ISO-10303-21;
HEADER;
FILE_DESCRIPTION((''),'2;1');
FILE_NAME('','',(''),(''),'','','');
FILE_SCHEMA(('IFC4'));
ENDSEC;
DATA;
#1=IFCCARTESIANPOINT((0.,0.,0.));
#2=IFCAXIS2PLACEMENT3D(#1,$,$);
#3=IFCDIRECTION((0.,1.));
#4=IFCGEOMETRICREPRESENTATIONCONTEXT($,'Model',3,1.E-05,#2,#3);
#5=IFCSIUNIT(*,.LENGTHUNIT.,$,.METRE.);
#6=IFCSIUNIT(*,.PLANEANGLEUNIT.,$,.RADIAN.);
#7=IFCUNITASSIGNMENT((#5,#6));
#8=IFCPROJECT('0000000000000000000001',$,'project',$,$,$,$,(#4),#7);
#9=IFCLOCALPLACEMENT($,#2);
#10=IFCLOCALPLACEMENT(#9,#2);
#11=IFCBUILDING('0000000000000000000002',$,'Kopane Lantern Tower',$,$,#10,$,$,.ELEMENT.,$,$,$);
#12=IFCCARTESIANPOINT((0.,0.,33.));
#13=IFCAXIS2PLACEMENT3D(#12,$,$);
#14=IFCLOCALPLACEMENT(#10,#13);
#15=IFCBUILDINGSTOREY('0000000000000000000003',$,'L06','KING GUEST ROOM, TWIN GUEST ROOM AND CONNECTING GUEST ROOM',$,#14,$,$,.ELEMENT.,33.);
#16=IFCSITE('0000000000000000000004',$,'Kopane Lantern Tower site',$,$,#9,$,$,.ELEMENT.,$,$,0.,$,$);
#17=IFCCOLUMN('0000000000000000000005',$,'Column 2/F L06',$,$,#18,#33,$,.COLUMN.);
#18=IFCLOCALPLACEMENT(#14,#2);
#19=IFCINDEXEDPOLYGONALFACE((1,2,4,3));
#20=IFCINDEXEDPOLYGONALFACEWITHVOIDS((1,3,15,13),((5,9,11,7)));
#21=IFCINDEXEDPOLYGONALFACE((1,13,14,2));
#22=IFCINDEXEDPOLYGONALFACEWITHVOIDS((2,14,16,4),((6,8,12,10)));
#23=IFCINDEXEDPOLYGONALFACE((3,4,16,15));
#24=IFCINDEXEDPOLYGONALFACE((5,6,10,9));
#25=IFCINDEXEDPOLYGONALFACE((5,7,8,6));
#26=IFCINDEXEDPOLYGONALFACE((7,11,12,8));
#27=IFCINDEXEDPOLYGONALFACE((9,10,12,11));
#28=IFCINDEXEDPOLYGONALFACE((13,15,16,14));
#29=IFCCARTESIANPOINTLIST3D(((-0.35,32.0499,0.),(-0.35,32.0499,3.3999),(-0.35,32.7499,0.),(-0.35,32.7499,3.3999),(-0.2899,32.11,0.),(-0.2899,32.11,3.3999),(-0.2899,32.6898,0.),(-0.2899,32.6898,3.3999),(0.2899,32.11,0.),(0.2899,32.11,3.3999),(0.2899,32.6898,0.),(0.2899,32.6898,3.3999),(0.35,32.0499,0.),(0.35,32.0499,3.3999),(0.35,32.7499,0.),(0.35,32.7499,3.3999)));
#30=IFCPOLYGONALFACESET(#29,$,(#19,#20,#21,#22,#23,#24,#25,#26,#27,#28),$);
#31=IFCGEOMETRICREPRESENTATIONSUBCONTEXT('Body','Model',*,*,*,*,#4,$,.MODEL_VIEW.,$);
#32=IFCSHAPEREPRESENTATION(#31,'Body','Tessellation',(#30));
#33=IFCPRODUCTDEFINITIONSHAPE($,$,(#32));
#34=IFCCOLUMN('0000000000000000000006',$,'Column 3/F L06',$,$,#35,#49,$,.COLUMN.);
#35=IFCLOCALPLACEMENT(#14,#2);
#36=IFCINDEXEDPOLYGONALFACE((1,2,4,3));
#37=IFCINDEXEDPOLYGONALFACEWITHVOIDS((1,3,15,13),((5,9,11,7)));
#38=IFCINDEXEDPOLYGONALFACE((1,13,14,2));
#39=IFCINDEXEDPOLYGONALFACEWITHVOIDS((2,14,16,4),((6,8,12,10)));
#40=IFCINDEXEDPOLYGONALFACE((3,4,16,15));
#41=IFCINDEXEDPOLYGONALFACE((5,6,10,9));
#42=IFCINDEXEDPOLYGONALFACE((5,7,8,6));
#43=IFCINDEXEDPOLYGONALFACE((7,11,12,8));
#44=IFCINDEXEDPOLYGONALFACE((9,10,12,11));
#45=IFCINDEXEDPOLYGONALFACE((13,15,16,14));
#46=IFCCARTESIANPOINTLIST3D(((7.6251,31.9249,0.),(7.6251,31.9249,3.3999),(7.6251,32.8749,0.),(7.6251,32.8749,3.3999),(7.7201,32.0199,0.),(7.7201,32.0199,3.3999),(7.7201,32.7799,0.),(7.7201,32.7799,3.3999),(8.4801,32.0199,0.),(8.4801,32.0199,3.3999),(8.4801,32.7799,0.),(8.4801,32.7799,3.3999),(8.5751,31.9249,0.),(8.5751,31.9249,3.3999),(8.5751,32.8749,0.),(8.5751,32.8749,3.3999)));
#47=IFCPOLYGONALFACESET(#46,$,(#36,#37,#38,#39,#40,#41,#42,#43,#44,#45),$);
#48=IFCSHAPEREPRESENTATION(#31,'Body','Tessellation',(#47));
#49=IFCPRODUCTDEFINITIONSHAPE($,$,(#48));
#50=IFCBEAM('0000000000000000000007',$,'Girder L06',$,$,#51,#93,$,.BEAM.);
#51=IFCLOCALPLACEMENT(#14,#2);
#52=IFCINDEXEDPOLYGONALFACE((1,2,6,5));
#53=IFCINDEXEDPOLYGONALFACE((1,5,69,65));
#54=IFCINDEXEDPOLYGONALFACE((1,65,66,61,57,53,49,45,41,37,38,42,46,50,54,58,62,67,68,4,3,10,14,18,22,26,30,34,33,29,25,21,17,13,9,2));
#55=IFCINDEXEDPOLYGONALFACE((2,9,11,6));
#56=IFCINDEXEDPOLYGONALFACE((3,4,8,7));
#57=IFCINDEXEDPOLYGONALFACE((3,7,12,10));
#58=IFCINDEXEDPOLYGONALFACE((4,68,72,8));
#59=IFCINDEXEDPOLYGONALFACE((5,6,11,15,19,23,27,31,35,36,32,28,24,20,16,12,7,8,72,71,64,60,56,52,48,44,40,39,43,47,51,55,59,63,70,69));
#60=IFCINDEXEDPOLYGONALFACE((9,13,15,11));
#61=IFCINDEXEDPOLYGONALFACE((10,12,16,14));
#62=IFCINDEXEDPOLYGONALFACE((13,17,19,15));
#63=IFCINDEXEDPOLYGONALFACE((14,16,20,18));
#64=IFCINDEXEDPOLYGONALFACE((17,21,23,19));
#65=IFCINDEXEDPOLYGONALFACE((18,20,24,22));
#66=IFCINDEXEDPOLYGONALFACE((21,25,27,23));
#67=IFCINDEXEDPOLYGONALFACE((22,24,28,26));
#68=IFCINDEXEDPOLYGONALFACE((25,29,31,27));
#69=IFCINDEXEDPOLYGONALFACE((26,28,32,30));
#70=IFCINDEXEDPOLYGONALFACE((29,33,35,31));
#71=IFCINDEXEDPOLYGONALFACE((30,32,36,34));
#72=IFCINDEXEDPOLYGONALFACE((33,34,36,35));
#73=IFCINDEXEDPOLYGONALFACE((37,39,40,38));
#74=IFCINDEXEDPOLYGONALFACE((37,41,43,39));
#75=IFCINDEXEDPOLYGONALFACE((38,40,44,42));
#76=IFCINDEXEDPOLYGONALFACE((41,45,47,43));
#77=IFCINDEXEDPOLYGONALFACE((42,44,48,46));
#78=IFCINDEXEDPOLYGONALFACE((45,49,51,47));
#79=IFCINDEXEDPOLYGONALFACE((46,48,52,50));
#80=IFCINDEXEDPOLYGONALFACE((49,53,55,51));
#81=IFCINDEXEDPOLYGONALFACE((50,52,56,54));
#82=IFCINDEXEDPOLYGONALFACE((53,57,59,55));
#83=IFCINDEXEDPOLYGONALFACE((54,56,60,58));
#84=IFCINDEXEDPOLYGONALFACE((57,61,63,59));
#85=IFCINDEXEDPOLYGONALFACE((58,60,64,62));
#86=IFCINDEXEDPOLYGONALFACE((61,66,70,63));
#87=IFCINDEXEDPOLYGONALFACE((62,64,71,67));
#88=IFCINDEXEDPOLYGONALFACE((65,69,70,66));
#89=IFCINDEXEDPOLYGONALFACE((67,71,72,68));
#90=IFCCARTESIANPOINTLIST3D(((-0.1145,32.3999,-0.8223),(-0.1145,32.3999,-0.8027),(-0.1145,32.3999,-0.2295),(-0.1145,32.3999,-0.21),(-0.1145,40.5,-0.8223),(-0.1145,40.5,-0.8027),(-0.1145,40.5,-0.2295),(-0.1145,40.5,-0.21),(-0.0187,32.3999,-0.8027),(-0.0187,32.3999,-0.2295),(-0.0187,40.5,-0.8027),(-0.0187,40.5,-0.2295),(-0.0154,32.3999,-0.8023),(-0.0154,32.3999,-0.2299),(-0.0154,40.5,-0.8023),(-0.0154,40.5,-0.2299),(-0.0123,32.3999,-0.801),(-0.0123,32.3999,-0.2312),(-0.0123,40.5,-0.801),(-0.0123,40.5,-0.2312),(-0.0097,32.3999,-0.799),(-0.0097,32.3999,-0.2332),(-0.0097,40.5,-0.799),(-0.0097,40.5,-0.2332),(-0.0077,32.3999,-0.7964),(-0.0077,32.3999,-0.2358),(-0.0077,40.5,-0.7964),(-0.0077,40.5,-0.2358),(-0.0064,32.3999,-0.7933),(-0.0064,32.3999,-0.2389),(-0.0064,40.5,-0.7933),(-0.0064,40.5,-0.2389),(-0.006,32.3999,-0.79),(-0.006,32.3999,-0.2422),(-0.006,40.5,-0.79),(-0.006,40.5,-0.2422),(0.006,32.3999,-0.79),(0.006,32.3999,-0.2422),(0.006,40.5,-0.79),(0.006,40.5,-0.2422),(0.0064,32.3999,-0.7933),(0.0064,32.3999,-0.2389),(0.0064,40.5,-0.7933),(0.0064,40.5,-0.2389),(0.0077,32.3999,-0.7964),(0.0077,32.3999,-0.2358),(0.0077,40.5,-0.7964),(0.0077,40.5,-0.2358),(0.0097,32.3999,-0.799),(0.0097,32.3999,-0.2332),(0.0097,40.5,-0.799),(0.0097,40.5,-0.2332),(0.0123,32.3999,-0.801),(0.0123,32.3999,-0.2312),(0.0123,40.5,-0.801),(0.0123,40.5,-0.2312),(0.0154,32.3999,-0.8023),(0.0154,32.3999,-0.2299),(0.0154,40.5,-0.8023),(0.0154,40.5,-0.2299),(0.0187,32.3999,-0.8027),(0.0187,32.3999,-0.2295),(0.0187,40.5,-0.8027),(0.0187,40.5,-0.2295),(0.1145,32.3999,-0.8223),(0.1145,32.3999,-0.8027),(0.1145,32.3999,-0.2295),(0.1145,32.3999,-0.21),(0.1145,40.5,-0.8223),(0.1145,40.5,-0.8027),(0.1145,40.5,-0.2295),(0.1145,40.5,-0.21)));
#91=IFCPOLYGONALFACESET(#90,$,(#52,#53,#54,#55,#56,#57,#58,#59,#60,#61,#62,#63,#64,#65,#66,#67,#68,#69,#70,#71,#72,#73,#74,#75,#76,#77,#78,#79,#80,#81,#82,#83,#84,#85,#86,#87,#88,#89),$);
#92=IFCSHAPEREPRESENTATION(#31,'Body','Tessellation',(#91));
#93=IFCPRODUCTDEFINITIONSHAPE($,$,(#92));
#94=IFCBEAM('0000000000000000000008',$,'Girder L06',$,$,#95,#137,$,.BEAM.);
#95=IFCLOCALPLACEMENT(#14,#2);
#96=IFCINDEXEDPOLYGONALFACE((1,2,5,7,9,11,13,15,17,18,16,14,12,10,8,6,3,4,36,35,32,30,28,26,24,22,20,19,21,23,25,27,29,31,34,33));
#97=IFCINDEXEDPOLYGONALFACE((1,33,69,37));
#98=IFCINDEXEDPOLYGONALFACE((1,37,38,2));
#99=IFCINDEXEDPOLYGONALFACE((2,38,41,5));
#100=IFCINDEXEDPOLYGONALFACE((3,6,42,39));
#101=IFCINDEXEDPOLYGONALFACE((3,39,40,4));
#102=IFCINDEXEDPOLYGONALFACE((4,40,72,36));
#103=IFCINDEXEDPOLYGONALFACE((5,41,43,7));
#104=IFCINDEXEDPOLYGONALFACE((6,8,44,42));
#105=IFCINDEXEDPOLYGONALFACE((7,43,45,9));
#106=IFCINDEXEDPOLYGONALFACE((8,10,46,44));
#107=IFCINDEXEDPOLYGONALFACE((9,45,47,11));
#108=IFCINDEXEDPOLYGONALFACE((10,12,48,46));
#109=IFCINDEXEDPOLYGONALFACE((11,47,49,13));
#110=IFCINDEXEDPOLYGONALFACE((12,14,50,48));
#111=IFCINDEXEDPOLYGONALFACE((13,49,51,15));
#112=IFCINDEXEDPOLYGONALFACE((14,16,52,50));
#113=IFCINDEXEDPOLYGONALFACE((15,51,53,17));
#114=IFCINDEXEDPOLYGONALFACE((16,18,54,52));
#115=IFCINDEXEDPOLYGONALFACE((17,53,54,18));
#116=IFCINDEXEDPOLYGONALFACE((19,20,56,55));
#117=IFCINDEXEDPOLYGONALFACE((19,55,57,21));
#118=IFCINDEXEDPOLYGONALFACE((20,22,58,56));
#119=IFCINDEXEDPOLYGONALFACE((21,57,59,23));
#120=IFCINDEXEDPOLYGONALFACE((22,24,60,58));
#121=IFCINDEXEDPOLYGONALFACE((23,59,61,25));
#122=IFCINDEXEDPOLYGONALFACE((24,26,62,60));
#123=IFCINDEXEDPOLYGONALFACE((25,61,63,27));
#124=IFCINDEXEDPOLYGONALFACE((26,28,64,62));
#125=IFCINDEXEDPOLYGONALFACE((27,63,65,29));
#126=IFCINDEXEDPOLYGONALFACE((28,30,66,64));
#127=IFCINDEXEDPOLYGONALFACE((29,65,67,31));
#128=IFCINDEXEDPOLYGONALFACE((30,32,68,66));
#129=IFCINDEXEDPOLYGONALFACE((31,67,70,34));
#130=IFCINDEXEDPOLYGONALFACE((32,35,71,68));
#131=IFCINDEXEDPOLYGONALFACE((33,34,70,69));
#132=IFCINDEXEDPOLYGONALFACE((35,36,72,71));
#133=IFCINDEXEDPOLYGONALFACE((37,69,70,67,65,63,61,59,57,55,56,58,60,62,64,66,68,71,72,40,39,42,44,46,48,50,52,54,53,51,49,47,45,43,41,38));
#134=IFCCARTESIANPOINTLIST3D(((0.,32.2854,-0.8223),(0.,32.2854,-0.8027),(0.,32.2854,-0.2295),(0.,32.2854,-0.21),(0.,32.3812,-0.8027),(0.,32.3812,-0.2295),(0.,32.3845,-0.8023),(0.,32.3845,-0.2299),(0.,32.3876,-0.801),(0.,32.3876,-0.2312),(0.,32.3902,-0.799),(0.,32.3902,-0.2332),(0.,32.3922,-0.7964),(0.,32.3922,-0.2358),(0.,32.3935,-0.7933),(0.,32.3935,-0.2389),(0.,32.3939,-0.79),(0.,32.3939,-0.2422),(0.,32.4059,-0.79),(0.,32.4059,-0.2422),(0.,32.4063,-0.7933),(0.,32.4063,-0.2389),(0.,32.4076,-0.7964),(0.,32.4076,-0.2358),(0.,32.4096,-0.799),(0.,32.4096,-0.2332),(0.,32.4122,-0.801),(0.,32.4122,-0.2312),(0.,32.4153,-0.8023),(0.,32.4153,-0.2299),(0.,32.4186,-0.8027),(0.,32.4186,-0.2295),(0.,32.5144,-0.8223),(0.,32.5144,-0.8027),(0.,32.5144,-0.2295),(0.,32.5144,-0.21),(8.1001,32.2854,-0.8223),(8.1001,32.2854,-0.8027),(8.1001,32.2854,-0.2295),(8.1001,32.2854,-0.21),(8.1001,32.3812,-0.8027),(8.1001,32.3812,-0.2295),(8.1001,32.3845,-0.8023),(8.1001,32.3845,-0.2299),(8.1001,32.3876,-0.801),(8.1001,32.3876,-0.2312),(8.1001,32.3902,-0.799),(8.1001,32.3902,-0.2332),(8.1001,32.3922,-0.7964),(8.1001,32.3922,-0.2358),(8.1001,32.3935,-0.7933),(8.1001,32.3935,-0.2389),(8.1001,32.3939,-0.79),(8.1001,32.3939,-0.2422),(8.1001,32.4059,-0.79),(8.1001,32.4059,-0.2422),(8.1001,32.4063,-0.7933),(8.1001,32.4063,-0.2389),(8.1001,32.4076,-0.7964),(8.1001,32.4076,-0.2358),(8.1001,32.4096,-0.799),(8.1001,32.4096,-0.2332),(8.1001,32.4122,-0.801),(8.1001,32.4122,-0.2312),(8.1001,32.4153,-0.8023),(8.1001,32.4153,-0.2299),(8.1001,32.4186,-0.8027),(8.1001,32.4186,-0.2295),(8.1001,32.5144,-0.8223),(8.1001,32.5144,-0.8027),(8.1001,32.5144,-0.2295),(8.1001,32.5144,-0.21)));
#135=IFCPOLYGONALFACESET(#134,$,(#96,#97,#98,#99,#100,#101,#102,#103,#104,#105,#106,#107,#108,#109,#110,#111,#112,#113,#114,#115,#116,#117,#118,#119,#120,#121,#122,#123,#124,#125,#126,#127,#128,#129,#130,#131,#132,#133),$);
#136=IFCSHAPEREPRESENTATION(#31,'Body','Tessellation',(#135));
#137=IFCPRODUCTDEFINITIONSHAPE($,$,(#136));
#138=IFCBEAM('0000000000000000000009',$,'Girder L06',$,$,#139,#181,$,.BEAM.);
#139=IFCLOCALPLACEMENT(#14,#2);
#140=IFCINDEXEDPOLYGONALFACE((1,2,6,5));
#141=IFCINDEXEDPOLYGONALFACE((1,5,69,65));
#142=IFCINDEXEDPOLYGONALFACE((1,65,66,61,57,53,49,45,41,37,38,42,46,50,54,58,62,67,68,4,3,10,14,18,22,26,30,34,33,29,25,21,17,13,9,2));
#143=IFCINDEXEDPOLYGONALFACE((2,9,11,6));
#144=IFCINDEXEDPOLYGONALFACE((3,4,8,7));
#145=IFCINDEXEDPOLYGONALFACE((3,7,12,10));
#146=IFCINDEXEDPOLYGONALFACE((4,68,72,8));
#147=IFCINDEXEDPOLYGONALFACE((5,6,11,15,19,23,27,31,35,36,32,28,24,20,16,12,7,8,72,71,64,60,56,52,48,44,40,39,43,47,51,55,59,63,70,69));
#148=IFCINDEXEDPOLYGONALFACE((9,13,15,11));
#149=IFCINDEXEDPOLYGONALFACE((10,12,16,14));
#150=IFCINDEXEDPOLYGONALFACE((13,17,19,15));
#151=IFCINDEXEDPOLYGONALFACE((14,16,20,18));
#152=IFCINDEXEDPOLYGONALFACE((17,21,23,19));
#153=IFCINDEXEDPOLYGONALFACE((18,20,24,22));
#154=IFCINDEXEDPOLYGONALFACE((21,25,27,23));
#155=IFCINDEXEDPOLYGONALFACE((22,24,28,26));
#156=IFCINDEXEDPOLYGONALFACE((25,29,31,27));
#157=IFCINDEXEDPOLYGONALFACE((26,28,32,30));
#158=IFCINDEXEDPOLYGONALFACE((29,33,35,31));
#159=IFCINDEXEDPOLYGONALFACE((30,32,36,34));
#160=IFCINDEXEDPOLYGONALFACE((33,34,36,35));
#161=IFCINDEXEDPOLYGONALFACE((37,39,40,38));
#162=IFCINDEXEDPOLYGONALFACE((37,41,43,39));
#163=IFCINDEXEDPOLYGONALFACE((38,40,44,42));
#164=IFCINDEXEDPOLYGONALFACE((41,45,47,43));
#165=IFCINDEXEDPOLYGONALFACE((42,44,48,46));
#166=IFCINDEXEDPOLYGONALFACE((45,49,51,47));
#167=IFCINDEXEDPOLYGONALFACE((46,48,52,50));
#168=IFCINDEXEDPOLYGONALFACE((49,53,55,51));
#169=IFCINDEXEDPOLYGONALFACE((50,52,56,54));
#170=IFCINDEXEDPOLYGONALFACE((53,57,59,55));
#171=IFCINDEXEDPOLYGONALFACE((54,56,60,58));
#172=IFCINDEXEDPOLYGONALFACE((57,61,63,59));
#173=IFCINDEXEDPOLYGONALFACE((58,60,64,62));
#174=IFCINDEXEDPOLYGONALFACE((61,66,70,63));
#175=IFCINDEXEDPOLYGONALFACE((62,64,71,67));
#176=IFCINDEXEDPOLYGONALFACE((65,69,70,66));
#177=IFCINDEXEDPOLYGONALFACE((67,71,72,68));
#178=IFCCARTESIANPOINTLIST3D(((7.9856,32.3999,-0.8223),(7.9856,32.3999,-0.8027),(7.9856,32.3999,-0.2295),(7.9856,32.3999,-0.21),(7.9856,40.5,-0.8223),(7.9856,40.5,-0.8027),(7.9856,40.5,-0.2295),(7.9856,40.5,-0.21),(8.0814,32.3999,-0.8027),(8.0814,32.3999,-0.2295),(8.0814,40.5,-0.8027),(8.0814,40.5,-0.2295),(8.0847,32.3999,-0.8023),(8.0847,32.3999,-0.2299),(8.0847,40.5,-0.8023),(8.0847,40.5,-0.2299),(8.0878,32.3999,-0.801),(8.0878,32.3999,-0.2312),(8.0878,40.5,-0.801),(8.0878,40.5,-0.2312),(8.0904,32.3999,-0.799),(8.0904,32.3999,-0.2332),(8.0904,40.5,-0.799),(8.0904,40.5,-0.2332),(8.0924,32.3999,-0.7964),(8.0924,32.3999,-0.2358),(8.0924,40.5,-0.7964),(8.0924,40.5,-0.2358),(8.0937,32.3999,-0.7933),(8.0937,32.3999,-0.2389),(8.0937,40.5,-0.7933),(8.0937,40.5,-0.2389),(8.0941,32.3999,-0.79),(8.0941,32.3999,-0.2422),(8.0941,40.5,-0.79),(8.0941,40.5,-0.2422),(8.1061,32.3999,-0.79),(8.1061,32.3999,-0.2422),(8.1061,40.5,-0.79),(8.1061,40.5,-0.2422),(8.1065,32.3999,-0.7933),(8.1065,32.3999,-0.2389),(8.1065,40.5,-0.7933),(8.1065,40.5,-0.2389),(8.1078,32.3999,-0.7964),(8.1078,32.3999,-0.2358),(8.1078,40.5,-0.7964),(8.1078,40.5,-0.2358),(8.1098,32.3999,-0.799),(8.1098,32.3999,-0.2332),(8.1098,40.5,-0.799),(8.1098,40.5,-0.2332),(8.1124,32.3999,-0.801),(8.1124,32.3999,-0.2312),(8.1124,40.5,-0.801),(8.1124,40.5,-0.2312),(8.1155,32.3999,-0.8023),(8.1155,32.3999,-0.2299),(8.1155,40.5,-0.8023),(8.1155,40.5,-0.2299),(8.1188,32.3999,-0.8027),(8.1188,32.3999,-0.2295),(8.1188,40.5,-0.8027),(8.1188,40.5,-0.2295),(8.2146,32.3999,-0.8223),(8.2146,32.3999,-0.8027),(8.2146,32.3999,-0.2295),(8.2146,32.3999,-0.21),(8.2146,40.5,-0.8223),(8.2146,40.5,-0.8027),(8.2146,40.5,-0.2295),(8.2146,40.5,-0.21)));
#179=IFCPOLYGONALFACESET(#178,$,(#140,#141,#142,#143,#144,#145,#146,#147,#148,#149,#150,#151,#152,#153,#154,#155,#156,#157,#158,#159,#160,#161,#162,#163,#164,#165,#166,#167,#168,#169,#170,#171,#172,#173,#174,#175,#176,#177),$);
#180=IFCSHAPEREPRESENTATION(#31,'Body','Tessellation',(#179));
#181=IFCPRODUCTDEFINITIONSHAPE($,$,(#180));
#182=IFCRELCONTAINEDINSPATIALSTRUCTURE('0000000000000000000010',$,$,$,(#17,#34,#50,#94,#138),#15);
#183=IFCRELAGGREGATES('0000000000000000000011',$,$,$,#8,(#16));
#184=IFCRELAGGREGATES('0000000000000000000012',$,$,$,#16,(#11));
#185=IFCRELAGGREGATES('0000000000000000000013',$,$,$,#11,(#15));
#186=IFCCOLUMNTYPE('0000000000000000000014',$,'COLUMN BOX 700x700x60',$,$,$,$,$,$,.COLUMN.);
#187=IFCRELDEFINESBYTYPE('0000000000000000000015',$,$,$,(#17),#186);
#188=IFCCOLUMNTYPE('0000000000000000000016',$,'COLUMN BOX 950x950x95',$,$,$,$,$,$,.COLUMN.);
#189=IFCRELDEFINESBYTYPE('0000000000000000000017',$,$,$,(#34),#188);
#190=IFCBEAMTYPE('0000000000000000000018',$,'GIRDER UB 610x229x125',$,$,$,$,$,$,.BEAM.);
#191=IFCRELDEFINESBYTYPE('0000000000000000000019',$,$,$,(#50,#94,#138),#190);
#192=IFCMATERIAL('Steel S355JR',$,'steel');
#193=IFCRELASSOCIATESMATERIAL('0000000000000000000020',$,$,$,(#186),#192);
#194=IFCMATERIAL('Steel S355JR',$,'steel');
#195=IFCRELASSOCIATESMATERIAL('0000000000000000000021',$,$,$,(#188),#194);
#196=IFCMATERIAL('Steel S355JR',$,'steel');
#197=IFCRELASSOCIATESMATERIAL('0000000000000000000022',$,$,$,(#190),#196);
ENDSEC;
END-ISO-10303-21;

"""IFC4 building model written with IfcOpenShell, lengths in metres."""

from ifc_helpers import new_model, si_unit, direction, frame, origin, origin_2d, place, context, subcontext, project, spatial, hollow_rectangle, i_section, extrude, material, material_profile, profile_set, type_object, element, save


model = new_model("IFC4")

# Units and contexts
model_context = context("Model", 3, precision=1e-05, world=origin(), true_north=direction((0.0, 1.0)))
body_context = subcontext(model_context, "Body", "Model", "MODEL_VIEW")
ifc_project = project(units=[si_unit("LENGTHUNIT", "METRE"), si_unit("PLANEANGLEUNIT", "RADIAN")], contexts=[model_context])

# Site, building, storey
site_placement = place(None, origin())
site = spatial("IfcSite", under=ifc_project, at=site_placement, Name="Kopane Lantern Tower site", CompositionType="ELEMENT", RefElevation=0.0)
building_placement = place(site_placement, origin())
building = spatial("IfcBuilding", under=site, at=building_placement, Name="Kopane Lantern Tower", CompositionType="ELEMENT")
storey_placement = place(building_placement, frame((0.0, 0.0, 33.0)))
storey = spatial("IfcBuildingStorey", under=building, at=storey_placement, Name="L06", Description="KING GUEST ROOM, TWIN GUEST ROOM AND CONNECTING GUEST ROOM", CompositionType="ELEMENT", Elevation=33.0)

# Columns
ifc_material_1 = material(Name="Steel S355JR", Category="steel")
ifc_material_profile_1 = material_profile(ifc_material_1, hollow_rectangle(XDim=0.7, YDim=0.7, WallThickness=0.0601, at=origin_2d()), Name="BOX 700x700x60")
ifc_profile_set_1 = profile_set([ifc_material_profile_1], Name="Steel S355JR")
column_type_1 = type_object("IfcColumnType", Name="COLUMN BOX 700x700x60", PredefinedType="COLUMN", material=ifc_profile_set_1)
column_1_placement = place(storey_placement, frame((0.0, 32.3999, 0.0), z_axis=(0.0, 0.0, 1.0), x_axis=(1.0, 0.0, 0.0)))
element("IfcColumn", 1, at=column_1_placement, inside=storey, type_object=column_type_1, Name="Column 2/F L06", PredefinedType="COLUMN", context=body_context, shape_type="SweptSolid", body=[
    extrude(hollow_rectangle(XDim=0.7, YDim=0.7, WallThickness=0.0601, at=origin_2d()), origin(), (0.0, 0.0, 1.0), 3.3999),
])
ifc_material_2 = material(Name="Steel S355JR", Category="steel")
ifc_material_profile_2 = material_profile(ifc_material_2, hollow_rectangle(XDim=0.95, YDim=0.95, WallThickness=0.095, at=origin_2d()), Name="BOX 950x950x95")
ifc_profile_set_2 = profile_set([ifc_material_profile_2], Name="Steel S355JR")
column_type_2 = type_object("IfcColumnType", Name="COLUMN BOX 950x950x95", PredefinedType="COLUMN", material=ifc_profile_set_2)
column_2_placement = place(storey_placement, frame((8.1001, 32.3999, 0.0), z_axis=(0.0, 0.0, 1.0), x_axis=(1.0, 0.0, 0.0)))
element("IfcColumn", 2, at=column_2_placement, inside=storey, type_object=column_type_2, Name="Column 3/F L06", PredefinedType="COLUMN", context=body_context, shape_type="SweptSolid", body=[
    extrude(hollow_rectangle(XDim=0.95, YDim=0.95, WallThickness=0.095, at=origin_2d()), origin(), (0.0, 0.0, 1.0), 3.3999),
])

# Beams
ifc_material_3 = material(Name="Steel S355JR", Category="steel")
ifc_material_profile_3 = material_profile(ifc_material_3, i_section(OverallWidth=0.229, OverallDepth=0.6123, WebThickness=0.012, FlangeThickness=0.0195, FilletRadius=0.0127, at=origin_2d()), Name="UB 610x229x125")
ifc_profile_set_3 = profile_set([ifc_material_profile_3], Name="Steel S355JR")
beam_type = type_object("IfcBeamType", Name="GIRDER UB 610x229x125", PredefinedType="BEAM", material=ifc_profile_set_3)
for number, where, z_axis, x_axis, name in (
    (3, (0.0, 32.3999, -0.5161), (0.0, 1.0, 0.0), (-1.0, 0.0, 0.0), "Girder L06"),
    (4, (0.0, 32.3999, -0.5161), (1.0, 0.0, 0.0), (0.0, 1.0, 0.0), "Girder L06"),
    (5, (8.1001, 32.3999, -0.5161), (0.0, 1.0, 0.0), (-1.0, 0.0, 0.0), "Girder L06"),
):
    element("IfcBeam", number, at=place(storey_placement, frame(where, z_axis=z_axis, x_axis=x_axis)), inside=storey, type_object=beam_type, Name=name, PredefinedType="BEAM", context=body_context, shape_type="SweptSolid", body=[
        extrude(i_section(OverallWidth=0.229, OverallDepth=0.6123, WebThickness=0.012, FlangeThickness=0.0195, FilletRadius=0.0127, at=origin_2d()), origin(), (0.0, 0.0, 1.0), 8.1001),
    ])

save(model, "model.ifc")
